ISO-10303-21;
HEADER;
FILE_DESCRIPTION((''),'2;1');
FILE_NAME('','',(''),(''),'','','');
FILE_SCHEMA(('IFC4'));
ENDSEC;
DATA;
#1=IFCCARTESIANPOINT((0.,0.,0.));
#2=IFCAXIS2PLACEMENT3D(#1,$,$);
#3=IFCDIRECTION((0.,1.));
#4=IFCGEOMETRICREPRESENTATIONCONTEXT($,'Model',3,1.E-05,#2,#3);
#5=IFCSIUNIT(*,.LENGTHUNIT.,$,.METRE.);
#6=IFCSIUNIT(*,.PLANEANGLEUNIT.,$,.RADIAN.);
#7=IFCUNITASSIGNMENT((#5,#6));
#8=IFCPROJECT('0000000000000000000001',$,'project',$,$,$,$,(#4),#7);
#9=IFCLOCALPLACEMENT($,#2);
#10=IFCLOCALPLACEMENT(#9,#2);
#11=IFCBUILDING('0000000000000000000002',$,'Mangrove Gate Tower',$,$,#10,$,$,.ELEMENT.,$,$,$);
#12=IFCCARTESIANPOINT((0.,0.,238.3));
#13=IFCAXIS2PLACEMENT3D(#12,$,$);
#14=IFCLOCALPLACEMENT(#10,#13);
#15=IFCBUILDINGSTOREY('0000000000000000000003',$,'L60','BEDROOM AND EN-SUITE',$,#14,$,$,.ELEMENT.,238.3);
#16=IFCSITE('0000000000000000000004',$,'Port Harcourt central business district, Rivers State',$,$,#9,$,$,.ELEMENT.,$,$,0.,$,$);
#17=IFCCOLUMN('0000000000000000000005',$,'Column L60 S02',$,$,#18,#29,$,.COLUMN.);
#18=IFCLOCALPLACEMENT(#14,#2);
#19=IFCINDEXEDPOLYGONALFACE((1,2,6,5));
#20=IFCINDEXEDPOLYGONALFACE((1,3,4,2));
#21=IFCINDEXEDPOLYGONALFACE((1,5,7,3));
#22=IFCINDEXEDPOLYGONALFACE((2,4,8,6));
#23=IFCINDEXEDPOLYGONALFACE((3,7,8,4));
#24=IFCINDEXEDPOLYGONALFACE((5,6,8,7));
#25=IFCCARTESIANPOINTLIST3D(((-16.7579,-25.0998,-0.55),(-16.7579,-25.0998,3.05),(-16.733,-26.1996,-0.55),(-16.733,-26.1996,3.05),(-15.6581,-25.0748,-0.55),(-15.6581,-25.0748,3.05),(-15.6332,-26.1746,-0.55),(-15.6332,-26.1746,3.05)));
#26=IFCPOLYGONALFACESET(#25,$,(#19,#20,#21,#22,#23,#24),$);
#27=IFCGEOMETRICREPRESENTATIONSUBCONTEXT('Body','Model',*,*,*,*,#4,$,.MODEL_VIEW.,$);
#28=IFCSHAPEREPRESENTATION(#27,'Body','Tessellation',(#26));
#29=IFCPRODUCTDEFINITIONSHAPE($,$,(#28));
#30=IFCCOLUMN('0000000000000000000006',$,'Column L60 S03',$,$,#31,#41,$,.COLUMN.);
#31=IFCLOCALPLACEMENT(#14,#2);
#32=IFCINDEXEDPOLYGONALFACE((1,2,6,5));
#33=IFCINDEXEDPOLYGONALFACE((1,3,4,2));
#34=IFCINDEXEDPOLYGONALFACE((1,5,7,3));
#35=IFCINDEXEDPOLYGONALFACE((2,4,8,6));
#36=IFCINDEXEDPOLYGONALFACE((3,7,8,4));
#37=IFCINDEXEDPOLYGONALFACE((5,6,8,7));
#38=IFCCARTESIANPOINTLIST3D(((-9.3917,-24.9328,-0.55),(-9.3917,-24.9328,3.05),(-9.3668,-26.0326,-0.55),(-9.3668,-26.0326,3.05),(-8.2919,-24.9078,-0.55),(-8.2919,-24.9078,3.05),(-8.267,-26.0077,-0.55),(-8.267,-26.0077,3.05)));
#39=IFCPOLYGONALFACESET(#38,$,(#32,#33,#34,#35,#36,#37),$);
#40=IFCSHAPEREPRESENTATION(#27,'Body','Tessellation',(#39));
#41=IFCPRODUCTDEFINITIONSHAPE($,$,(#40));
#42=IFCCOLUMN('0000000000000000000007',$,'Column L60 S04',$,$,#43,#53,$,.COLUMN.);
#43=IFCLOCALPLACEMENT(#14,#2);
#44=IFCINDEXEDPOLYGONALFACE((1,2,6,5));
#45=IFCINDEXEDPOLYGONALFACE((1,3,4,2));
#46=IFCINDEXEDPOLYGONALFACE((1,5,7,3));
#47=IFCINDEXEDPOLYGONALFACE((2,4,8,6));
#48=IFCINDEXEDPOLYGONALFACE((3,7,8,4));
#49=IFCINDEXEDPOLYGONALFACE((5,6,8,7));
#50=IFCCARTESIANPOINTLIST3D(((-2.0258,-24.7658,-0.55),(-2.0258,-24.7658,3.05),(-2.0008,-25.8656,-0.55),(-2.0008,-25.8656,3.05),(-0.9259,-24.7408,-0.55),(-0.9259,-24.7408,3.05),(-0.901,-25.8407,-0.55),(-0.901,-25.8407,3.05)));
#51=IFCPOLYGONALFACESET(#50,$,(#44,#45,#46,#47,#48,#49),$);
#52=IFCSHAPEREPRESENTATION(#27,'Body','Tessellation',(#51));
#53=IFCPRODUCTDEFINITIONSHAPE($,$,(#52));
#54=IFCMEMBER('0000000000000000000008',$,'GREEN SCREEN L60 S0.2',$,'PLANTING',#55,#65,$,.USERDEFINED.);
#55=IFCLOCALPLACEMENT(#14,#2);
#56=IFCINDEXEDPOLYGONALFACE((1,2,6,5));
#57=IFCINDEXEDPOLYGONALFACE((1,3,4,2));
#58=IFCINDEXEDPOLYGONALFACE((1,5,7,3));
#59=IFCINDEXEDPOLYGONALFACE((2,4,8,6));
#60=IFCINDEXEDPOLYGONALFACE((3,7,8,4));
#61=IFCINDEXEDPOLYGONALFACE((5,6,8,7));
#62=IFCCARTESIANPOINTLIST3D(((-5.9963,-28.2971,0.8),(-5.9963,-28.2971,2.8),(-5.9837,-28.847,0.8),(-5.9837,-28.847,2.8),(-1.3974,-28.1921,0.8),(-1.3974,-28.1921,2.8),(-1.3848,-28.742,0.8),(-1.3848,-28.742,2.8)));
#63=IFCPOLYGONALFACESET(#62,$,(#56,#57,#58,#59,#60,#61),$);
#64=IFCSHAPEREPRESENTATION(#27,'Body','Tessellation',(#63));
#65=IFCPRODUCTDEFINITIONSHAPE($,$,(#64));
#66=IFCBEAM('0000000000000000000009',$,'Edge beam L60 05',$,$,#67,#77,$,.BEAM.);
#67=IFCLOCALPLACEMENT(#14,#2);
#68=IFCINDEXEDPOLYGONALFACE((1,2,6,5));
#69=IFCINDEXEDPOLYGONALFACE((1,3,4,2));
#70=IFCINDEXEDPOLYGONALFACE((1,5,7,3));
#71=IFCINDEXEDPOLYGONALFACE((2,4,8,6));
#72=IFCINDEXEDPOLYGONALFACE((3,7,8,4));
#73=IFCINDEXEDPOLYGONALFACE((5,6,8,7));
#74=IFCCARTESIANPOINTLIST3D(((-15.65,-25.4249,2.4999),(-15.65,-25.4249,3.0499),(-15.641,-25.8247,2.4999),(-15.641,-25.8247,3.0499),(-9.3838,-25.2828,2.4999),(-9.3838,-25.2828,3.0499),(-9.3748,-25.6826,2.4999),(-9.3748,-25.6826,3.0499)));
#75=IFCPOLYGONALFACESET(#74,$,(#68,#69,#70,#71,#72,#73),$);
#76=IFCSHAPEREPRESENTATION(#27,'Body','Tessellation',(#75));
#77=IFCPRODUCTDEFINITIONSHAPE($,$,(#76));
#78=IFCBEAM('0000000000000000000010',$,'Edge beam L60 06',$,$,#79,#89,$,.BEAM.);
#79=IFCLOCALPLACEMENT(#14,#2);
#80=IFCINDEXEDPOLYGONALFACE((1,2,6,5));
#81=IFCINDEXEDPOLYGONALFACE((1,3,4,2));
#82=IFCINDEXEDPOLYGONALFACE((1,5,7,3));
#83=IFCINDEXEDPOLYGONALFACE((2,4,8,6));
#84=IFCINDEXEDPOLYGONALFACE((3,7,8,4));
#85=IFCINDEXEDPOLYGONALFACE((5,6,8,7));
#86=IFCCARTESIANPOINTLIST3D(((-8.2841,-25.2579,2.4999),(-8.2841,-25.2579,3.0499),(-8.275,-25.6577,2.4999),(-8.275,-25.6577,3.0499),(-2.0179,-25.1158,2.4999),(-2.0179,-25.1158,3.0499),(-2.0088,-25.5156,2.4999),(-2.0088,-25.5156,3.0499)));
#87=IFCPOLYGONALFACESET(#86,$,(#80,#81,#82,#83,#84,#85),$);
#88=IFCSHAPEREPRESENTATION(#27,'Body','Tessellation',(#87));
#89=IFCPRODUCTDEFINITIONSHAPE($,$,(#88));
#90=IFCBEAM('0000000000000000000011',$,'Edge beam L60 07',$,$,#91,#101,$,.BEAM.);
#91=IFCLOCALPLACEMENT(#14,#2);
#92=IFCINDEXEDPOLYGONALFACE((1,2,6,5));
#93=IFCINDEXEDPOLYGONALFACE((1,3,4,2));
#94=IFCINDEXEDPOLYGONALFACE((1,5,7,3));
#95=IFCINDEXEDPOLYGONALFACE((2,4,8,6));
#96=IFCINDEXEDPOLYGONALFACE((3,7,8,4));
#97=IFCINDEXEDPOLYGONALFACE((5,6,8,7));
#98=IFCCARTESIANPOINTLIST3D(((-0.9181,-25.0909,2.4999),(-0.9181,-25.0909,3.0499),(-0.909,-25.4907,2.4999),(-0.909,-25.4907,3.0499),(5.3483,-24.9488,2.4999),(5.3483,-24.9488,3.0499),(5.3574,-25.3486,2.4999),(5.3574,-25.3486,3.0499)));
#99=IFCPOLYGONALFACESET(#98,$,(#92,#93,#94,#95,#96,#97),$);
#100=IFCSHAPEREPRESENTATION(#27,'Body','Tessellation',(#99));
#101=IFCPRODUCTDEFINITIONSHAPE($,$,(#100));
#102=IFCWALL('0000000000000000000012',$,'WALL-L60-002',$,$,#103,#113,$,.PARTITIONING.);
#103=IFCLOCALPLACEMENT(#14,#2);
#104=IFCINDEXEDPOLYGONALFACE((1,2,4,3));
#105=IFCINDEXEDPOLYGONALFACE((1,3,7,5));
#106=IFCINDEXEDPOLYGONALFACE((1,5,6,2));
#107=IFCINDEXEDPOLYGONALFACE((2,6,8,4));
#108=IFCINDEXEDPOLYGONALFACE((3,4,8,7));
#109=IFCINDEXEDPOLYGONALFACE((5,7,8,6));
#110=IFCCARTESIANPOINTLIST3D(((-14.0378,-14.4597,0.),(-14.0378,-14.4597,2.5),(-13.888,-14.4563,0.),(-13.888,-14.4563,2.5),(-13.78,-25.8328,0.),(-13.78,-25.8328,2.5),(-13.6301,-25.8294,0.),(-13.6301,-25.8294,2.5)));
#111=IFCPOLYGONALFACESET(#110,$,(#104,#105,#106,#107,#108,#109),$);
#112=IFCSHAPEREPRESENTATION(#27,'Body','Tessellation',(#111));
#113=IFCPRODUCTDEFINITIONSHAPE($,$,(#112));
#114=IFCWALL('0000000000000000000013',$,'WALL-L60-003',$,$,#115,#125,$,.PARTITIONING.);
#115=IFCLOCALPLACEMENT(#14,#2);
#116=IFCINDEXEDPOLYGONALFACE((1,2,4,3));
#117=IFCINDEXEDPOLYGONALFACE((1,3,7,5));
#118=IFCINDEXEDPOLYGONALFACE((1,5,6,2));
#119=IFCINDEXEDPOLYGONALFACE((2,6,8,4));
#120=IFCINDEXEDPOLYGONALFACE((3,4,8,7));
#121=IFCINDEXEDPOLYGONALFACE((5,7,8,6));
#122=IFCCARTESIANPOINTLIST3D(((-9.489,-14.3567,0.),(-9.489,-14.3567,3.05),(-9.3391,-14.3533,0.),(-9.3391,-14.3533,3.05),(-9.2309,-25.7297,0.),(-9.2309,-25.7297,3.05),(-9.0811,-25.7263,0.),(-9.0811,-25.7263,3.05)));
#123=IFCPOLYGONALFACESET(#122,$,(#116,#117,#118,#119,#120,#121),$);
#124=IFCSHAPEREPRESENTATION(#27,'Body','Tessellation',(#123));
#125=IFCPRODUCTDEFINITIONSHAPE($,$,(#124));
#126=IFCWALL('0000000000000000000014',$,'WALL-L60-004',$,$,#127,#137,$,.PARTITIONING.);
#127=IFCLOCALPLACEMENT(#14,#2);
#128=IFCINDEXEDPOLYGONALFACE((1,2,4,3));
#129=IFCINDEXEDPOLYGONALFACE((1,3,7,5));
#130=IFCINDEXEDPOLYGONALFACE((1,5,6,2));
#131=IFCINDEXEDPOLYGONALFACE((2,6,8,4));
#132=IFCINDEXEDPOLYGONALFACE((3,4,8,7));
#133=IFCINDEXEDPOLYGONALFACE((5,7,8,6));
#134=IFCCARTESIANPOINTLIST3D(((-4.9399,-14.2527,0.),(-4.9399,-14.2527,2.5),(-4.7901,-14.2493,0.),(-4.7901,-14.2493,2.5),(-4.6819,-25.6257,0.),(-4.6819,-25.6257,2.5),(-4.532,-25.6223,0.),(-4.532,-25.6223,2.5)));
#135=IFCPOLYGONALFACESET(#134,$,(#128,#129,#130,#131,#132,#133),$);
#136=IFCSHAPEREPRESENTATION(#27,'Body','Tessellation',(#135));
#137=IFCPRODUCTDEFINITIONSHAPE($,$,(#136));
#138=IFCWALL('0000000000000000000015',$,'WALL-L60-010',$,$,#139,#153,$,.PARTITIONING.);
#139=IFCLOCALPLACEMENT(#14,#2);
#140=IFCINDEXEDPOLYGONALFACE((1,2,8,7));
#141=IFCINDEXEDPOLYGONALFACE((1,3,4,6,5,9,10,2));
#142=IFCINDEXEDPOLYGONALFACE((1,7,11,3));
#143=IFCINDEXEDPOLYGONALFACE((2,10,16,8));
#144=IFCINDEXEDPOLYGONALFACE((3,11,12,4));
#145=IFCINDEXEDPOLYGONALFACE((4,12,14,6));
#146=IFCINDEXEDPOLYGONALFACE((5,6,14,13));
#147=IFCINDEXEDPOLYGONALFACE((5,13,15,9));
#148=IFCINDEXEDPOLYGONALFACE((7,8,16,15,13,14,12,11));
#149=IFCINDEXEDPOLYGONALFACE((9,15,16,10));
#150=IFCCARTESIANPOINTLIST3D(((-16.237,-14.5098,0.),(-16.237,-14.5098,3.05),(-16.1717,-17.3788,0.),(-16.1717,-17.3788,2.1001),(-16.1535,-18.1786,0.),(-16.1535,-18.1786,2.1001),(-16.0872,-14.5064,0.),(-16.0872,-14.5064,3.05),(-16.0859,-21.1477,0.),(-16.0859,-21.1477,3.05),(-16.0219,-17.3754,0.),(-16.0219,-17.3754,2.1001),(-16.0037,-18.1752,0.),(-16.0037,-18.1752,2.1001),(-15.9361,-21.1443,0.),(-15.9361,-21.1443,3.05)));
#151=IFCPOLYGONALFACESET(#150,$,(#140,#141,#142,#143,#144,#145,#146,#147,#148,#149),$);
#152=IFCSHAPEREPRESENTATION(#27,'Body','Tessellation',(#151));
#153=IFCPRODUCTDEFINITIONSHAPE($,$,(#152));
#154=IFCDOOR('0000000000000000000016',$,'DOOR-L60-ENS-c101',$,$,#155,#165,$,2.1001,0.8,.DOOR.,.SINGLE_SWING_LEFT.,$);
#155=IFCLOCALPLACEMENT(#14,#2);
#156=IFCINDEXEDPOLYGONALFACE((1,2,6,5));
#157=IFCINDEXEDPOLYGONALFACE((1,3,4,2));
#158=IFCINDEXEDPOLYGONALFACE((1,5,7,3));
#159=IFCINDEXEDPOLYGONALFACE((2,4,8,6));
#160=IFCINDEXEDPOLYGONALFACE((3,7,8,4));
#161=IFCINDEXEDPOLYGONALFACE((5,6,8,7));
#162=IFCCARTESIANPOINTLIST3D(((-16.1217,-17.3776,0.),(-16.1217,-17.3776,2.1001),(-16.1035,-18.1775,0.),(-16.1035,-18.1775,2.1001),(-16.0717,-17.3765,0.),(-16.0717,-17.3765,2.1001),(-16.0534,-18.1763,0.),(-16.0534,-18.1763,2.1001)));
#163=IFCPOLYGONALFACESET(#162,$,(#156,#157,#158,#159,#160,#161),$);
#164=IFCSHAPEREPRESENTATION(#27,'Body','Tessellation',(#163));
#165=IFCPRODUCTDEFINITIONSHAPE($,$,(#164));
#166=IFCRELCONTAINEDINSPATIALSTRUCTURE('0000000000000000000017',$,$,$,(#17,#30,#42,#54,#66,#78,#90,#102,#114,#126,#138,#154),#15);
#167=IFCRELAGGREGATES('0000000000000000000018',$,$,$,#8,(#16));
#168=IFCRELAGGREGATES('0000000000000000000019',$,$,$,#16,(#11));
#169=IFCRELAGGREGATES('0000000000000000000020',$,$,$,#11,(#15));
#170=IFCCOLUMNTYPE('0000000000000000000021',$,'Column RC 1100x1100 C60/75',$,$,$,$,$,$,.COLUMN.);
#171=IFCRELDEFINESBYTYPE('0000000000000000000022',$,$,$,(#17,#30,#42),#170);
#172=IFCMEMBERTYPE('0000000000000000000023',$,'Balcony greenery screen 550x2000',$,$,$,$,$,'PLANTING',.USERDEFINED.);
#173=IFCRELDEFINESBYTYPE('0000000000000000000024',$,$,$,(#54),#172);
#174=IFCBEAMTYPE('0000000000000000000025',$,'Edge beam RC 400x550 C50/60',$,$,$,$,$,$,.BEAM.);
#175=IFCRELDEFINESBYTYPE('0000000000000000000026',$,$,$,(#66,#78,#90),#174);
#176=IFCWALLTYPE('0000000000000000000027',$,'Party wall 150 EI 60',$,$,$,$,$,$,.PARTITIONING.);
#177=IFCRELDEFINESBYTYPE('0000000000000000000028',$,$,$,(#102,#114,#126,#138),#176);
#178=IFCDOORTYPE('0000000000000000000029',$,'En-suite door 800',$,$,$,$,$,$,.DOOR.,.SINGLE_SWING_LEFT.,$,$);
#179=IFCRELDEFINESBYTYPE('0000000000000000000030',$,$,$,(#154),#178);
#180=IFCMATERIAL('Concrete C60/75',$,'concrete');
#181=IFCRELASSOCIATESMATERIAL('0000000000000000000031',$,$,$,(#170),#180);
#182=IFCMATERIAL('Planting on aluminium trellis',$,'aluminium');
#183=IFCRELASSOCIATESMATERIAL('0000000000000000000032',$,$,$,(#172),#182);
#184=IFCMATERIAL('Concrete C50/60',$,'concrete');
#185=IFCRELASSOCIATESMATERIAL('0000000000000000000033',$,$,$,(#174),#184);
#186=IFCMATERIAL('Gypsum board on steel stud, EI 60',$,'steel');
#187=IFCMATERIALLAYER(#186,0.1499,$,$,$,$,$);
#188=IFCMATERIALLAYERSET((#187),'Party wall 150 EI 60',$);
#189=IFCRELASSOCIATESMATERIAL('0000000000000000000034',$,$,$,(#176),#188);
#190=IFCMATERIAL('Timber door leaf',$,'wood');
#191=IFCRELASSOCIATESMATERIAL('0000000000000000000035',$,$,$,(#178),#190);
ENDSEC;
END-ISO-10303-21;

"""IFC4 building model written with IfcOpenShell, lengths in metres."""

from ifc_helpers import new_model, si_unit, direction, frame, frame_2d, origin, origin_2d, place, context, subcontext, project, spatial, rectangle, extrude, material, layer, layer_set, material_profile, profile_set, type_object, element, fill, save


model = new_model("IFC4")

# Units and contexts
model_context = context("Model", 3, precision=1e-05, world=origin(), true_north=direction((0.0, 1.0)))
body_context = subcontext(model_context, "Body", "Model", "MODEL_VIEW")
ifc_project = project(units=[si_unit("LENGTHUNIT", "METRE"), si_unit("PLANEANGLEUNIT", "RADIAN")], contexts=[model_context])

# Site, building, storey
site_placement = place(None, origin())
site = spatial("IfcSite", under=ifc_project, at=site_placement, Name="Port Harcourt central business district, Rivers State", CompositionType="ELEMENT", RefElevation=0.0)
building_placement = place(site_placement, origin())
building = spatial("IfcBuilding", under=site, at=building_placement, Name="Mangrove Gate Tower", CompositionType="ELEMENT")
storey_placement = place(building_placement, frame((0.0, 0.0, 238.3)))
storey = spatial("IfcBuildingStorey", under=building, at=storey_placement, Name="L60", Description="BEDROOM AND EN-SUITE", CompositionType="ELEMENT", Elevation=238.3)

# Columns
ifc_material_1 = material(Name="Concrete C60/75", Category="concrete")
ifc_material_profile_1 = material_profile(ifc_material_1, rectangle(XDim=1.1001, YDim=1.1001, at=origin_2d()))
ifc_profile_set_1 = profile_set([ifc_material_profile_1], Name="Concrete C60/75")
column_type = type_object("IfcColumnType", Name="Column RC 1100x1100 C60/75", PredefinedType="COLUMN", material=ifc_profile_set_1)
for number, where, z_axis, x_axis, name in (
    (1, (-16.1956, -25.6372, -0.55), (0.0, 0.0, 1.0), (0.999743, 0.022666, 0.0), "Column L60 S02"),
    (2, (-8.8293, -25.4702, -0.55), (0.0, 0.0, 1.0), (0.999743, 0.022666, 0.0), "Column L60 S03"),
    (3, (-1.4634, -25.3032, -0.55), (0.0, 0.0, 1.0), (0.999743, 0.022666, 0.0), "Column L60 S04"),
):
    element("IfcColumn", number, at=place(storey_placement, frame(where, z_axis=z_axis, x_axis=x_axis)), inside=storey, type_object=column_type, Name=name, PredefinedType="COLUMN", context=body_context, shape_type="SweptSolid", body=[
        extrude(rectangle(XDim=1.1001, YDim=1.1001, at=origin_2d()), origin(), (0.0, 0.0, 1.0), 3.6001),
    ])

# Member
ifc_material_2 = material(Name="Planting on aluminium trellis", Category="aluminium")
ifc_material_profile_2 = material_profile(ifc_material_2, rectangle(XDim=0.55, YDim=2.0, at=origin_2d()))
ifc_profile_set_2 = profile_set([ifc_material_profile_2], Name="Planting on aluminium trellis")
member_type = type_object("IfcMemberType", Name="Balcony greenery screen 550x2000", ElementType="PLANTING", PredefinedType="USERDEFINED", material=ifc_profile_set_2)
member_placement = place(storey_placement, frame((-5.99, -28.572, 1.8), z_axis=(0.99974, 0.022821, 0.0), x_axis=(-0.022821, 0.99974, 0.0)))
element("IfcMember", 4, at=member_placement, inside=storey, type_object=member_type, Name="GREEN SCREEN L60 S0.2", ObjectType="PLANTING", PredefinedType="USERDEFINED", context=body_context, shape_type="SweptSolid", body=[
    extrude(rectangle(XDim=0.55, YDim=2.0, at=origin_2d()), origin(), (0.0, 0.0, 1.0), 4.6001),
])

# Beams
ifc_material_3 = material(Name="Concrete C50/60", Category="concrete")
ifc_material_profile_3 = material_profile(ifc_material_3, rectangle(XDim=0.3999, YDim=0.55, at=origin_2d()))
ifc_profile_set_3 = profile_set([ifc_material_profile_3], Name="Concrete C50/60")
beam_type = type_object("IfcBeamType", Name="Edge beam RC 400x550 C50/60", PredefinedType="BEAM", material=ifc_profile_set_3)
for number, where, z_axis, x_axis, name in (
    (5, (-15.6455, -25.6248, 2.7749), (0.999743, 0.02267, 0.0), (-0.02267, 0.999743, 0.0), "Edge beam L60 05"),
    (6, (-8.2795, -25.4578, 2.7749), (0.999743, 0.02267, 0.0), (-0.02267, 0.999743, 0.0), "Edge beam L60 06"),
):
    element("IfcBeam", number, at=place(storey_placement, frame(where, z_axis=z_axis, x_axis=x_axis)), inside=storey, type_object=beam_type, Name=name, PredefinedType="BEAM", context=body_context, shape_type="SweptSolid", body=[
        extrude(rectangle(XDim=0.3999, YDim=0.55, at=origin_2d()), origin(), (0.0, 0.0, 1.0), 6.2678),
    ])
beam_placement = place(storey_placement, frame((-0.9136, -25.2908, 2.7749), z_axis=(0.999743, 0.022669, 0.0), x_axis=(-0.022669, 0.999743, 0.0)))
element("IfcBeam", 7, at=beam_placement, inside=storey, type_object=beam_type, Name="Edge beam L60 07", PredefinedType="BEAM", context=body_context, shape_type="SweptSolid", body=[
    extrude(rectangle(XDim=0.3999, YDim=0.55, at=origin_2d()), origin(), (0.0, 0.0, 1.0), 6.2681),
])

# Walls
ifc_material_4 = material(Name="Gypsum board on steel stud, EI 60", Category="steel")
ifc_layer_1 = layer(ifc_material_4, 0.1499)
ifc_layer_set_1 = layer_set([ifc_layer_1], Name="Party wall 150 EI 60")
wall_type_1 = type_object("IfcWallType", Name="Party wall 150 EI 60", PredefinedType="PARTITIONING", material=ifc_layer_set_1)
wall_1_placement = place(storey_placement, frame((-13.7051, -25.8311, 0.0), z_axis=(0.0, 0.0, 1.0), x_axis=(-0.022663, 0.999743, 0.0)))
element("IfcWall", 8, at=wall_1_placement, inside=storey, type_object=wall_type_1, Name="WALL-L60-002", PredefinedType="PARTITIONING", context=body_context, shape_type="SweptSolid", body=[
    extrude(rectangle(XDim=11.376, YDim=0.1499, at=frame_2d((5.688, 0.0))), origin(), (0.0, 0.0, 1.0), 2.5),
])
wall_2_placement = place(storey_placement, frame((-9.156, -25.728, 0.0), z_axis=(0.0, 0.0, 1.0), x_axis=(-0.022684, 0.999743, 0.0)))
element("IfcWall", 9, at=wall_2_placement, inside=storey, type_object=wall_type_1, Name="WALL-L60-003", PredefinedType="PARTITIONING", context=body_context, shape_type="SweptSolid", body=[
    extrude(rectangle(XDim=11.376, YDim=0.1499, at=frame_2d((5.688, 0.0))), origin(), (0.0, 0.0, 1.0), 3.05),
])
wall_3_placement = place(storey_placement, frame((-4.6069, -25.624, 0.0), z_axis=(0.0, 0.0, 1.0), x_axis=(-0.022684, 0.999743, 0.0)))
element("IfcWall", 10, at=wall_3_placement, inside=storey, type_object=wall_type_1, Name="WALL-L60-004", PredefinedType="PARTITIONING", context=body_context, shape_type="SweptSolid", body=[
    extrude(rectangle(XDim=11.376, YDim=0.1499, at=frame_2d((5.688, 0.0))), origin(), (0.0, 0.0, 1.0), 2.5),
])

# Wall, opening, door
wall_4_placement = place(storey_placement, frame((-16.011, -21.146, 0.0), z_axis=(0.0, 0.0, 1.0), x_axis=(-0.022761, 0.999741, 0.0)))
wall_4 = element("IfcWall", 11, at=wall_4_placement, inside=storey, type_object=wall_type_1, Name="WALL-L60-010", PredefinedType="PARTITIONING", context=body_context, shape_type="SweptSolid", body=[
    extrude(rectangle(XDim=6.6396, YDim=0.1499, at=frame_2d((3.3198, 0.0))), origin(), (0.0, 0.0, 1.0), 3.05),
])
opening_1_placement = place(wall_4_placement, frame((2.97, 0.0, 0.0)))
opening_1 = element("IfcOpeningElement", 12, at=opening_1_placement, cuts=wall_4, PredefinedType="OPENING", context=body_context, shape_type="SweptSolid", body=[
    extrude(rectangle(XDim=0.8, YDim=2.1001, at=frame_2d((0.3999, 1.05))), frame((0.0, 0.085, 0.0), z_axis=(0.0, -1.0, 0.0), x_axis=(1.0, 0.0, 0.0)), (0.0, 0.0, 1.0), 0.1699),
])
ifc_material_5 = material(Name="Timber door leaf", Category="wood")
door_type = type_object("IfcDoorType", Name="En-suite door 800", OperationType="SINGLE_SWING_LEFT", PredefinedType="DOOR", material=ifc_material_5)
door_1_placement = place(opening_1_placement, origin())
door_1 = element("IfcDoor", 13, at=door_1_placement, inside=storey, type_object=door_type, Name="DOOR-L60-ENS-c101", OperationType="SINGLE_SWING_LEFT", OverallHeight=2.1001, OverallWidth=0.8, PredefinedType="DOOR", context=body_context, shape_type="SweptSolid", body=[
    extrude(rectangle(XDim=0.8, YDim=2.1001, at=frame_2d((0.3999, 1.05))), frame((0.0, 0.0249, 0.0), z_axis=(0.0, -1.0, 0.0), x_axis=(1.0, 0.0, 0.0)), (0.0, 0.0, 1.0), 0.05),
])
fill(opening_1, door_1)

save(model, "model.ifc")
